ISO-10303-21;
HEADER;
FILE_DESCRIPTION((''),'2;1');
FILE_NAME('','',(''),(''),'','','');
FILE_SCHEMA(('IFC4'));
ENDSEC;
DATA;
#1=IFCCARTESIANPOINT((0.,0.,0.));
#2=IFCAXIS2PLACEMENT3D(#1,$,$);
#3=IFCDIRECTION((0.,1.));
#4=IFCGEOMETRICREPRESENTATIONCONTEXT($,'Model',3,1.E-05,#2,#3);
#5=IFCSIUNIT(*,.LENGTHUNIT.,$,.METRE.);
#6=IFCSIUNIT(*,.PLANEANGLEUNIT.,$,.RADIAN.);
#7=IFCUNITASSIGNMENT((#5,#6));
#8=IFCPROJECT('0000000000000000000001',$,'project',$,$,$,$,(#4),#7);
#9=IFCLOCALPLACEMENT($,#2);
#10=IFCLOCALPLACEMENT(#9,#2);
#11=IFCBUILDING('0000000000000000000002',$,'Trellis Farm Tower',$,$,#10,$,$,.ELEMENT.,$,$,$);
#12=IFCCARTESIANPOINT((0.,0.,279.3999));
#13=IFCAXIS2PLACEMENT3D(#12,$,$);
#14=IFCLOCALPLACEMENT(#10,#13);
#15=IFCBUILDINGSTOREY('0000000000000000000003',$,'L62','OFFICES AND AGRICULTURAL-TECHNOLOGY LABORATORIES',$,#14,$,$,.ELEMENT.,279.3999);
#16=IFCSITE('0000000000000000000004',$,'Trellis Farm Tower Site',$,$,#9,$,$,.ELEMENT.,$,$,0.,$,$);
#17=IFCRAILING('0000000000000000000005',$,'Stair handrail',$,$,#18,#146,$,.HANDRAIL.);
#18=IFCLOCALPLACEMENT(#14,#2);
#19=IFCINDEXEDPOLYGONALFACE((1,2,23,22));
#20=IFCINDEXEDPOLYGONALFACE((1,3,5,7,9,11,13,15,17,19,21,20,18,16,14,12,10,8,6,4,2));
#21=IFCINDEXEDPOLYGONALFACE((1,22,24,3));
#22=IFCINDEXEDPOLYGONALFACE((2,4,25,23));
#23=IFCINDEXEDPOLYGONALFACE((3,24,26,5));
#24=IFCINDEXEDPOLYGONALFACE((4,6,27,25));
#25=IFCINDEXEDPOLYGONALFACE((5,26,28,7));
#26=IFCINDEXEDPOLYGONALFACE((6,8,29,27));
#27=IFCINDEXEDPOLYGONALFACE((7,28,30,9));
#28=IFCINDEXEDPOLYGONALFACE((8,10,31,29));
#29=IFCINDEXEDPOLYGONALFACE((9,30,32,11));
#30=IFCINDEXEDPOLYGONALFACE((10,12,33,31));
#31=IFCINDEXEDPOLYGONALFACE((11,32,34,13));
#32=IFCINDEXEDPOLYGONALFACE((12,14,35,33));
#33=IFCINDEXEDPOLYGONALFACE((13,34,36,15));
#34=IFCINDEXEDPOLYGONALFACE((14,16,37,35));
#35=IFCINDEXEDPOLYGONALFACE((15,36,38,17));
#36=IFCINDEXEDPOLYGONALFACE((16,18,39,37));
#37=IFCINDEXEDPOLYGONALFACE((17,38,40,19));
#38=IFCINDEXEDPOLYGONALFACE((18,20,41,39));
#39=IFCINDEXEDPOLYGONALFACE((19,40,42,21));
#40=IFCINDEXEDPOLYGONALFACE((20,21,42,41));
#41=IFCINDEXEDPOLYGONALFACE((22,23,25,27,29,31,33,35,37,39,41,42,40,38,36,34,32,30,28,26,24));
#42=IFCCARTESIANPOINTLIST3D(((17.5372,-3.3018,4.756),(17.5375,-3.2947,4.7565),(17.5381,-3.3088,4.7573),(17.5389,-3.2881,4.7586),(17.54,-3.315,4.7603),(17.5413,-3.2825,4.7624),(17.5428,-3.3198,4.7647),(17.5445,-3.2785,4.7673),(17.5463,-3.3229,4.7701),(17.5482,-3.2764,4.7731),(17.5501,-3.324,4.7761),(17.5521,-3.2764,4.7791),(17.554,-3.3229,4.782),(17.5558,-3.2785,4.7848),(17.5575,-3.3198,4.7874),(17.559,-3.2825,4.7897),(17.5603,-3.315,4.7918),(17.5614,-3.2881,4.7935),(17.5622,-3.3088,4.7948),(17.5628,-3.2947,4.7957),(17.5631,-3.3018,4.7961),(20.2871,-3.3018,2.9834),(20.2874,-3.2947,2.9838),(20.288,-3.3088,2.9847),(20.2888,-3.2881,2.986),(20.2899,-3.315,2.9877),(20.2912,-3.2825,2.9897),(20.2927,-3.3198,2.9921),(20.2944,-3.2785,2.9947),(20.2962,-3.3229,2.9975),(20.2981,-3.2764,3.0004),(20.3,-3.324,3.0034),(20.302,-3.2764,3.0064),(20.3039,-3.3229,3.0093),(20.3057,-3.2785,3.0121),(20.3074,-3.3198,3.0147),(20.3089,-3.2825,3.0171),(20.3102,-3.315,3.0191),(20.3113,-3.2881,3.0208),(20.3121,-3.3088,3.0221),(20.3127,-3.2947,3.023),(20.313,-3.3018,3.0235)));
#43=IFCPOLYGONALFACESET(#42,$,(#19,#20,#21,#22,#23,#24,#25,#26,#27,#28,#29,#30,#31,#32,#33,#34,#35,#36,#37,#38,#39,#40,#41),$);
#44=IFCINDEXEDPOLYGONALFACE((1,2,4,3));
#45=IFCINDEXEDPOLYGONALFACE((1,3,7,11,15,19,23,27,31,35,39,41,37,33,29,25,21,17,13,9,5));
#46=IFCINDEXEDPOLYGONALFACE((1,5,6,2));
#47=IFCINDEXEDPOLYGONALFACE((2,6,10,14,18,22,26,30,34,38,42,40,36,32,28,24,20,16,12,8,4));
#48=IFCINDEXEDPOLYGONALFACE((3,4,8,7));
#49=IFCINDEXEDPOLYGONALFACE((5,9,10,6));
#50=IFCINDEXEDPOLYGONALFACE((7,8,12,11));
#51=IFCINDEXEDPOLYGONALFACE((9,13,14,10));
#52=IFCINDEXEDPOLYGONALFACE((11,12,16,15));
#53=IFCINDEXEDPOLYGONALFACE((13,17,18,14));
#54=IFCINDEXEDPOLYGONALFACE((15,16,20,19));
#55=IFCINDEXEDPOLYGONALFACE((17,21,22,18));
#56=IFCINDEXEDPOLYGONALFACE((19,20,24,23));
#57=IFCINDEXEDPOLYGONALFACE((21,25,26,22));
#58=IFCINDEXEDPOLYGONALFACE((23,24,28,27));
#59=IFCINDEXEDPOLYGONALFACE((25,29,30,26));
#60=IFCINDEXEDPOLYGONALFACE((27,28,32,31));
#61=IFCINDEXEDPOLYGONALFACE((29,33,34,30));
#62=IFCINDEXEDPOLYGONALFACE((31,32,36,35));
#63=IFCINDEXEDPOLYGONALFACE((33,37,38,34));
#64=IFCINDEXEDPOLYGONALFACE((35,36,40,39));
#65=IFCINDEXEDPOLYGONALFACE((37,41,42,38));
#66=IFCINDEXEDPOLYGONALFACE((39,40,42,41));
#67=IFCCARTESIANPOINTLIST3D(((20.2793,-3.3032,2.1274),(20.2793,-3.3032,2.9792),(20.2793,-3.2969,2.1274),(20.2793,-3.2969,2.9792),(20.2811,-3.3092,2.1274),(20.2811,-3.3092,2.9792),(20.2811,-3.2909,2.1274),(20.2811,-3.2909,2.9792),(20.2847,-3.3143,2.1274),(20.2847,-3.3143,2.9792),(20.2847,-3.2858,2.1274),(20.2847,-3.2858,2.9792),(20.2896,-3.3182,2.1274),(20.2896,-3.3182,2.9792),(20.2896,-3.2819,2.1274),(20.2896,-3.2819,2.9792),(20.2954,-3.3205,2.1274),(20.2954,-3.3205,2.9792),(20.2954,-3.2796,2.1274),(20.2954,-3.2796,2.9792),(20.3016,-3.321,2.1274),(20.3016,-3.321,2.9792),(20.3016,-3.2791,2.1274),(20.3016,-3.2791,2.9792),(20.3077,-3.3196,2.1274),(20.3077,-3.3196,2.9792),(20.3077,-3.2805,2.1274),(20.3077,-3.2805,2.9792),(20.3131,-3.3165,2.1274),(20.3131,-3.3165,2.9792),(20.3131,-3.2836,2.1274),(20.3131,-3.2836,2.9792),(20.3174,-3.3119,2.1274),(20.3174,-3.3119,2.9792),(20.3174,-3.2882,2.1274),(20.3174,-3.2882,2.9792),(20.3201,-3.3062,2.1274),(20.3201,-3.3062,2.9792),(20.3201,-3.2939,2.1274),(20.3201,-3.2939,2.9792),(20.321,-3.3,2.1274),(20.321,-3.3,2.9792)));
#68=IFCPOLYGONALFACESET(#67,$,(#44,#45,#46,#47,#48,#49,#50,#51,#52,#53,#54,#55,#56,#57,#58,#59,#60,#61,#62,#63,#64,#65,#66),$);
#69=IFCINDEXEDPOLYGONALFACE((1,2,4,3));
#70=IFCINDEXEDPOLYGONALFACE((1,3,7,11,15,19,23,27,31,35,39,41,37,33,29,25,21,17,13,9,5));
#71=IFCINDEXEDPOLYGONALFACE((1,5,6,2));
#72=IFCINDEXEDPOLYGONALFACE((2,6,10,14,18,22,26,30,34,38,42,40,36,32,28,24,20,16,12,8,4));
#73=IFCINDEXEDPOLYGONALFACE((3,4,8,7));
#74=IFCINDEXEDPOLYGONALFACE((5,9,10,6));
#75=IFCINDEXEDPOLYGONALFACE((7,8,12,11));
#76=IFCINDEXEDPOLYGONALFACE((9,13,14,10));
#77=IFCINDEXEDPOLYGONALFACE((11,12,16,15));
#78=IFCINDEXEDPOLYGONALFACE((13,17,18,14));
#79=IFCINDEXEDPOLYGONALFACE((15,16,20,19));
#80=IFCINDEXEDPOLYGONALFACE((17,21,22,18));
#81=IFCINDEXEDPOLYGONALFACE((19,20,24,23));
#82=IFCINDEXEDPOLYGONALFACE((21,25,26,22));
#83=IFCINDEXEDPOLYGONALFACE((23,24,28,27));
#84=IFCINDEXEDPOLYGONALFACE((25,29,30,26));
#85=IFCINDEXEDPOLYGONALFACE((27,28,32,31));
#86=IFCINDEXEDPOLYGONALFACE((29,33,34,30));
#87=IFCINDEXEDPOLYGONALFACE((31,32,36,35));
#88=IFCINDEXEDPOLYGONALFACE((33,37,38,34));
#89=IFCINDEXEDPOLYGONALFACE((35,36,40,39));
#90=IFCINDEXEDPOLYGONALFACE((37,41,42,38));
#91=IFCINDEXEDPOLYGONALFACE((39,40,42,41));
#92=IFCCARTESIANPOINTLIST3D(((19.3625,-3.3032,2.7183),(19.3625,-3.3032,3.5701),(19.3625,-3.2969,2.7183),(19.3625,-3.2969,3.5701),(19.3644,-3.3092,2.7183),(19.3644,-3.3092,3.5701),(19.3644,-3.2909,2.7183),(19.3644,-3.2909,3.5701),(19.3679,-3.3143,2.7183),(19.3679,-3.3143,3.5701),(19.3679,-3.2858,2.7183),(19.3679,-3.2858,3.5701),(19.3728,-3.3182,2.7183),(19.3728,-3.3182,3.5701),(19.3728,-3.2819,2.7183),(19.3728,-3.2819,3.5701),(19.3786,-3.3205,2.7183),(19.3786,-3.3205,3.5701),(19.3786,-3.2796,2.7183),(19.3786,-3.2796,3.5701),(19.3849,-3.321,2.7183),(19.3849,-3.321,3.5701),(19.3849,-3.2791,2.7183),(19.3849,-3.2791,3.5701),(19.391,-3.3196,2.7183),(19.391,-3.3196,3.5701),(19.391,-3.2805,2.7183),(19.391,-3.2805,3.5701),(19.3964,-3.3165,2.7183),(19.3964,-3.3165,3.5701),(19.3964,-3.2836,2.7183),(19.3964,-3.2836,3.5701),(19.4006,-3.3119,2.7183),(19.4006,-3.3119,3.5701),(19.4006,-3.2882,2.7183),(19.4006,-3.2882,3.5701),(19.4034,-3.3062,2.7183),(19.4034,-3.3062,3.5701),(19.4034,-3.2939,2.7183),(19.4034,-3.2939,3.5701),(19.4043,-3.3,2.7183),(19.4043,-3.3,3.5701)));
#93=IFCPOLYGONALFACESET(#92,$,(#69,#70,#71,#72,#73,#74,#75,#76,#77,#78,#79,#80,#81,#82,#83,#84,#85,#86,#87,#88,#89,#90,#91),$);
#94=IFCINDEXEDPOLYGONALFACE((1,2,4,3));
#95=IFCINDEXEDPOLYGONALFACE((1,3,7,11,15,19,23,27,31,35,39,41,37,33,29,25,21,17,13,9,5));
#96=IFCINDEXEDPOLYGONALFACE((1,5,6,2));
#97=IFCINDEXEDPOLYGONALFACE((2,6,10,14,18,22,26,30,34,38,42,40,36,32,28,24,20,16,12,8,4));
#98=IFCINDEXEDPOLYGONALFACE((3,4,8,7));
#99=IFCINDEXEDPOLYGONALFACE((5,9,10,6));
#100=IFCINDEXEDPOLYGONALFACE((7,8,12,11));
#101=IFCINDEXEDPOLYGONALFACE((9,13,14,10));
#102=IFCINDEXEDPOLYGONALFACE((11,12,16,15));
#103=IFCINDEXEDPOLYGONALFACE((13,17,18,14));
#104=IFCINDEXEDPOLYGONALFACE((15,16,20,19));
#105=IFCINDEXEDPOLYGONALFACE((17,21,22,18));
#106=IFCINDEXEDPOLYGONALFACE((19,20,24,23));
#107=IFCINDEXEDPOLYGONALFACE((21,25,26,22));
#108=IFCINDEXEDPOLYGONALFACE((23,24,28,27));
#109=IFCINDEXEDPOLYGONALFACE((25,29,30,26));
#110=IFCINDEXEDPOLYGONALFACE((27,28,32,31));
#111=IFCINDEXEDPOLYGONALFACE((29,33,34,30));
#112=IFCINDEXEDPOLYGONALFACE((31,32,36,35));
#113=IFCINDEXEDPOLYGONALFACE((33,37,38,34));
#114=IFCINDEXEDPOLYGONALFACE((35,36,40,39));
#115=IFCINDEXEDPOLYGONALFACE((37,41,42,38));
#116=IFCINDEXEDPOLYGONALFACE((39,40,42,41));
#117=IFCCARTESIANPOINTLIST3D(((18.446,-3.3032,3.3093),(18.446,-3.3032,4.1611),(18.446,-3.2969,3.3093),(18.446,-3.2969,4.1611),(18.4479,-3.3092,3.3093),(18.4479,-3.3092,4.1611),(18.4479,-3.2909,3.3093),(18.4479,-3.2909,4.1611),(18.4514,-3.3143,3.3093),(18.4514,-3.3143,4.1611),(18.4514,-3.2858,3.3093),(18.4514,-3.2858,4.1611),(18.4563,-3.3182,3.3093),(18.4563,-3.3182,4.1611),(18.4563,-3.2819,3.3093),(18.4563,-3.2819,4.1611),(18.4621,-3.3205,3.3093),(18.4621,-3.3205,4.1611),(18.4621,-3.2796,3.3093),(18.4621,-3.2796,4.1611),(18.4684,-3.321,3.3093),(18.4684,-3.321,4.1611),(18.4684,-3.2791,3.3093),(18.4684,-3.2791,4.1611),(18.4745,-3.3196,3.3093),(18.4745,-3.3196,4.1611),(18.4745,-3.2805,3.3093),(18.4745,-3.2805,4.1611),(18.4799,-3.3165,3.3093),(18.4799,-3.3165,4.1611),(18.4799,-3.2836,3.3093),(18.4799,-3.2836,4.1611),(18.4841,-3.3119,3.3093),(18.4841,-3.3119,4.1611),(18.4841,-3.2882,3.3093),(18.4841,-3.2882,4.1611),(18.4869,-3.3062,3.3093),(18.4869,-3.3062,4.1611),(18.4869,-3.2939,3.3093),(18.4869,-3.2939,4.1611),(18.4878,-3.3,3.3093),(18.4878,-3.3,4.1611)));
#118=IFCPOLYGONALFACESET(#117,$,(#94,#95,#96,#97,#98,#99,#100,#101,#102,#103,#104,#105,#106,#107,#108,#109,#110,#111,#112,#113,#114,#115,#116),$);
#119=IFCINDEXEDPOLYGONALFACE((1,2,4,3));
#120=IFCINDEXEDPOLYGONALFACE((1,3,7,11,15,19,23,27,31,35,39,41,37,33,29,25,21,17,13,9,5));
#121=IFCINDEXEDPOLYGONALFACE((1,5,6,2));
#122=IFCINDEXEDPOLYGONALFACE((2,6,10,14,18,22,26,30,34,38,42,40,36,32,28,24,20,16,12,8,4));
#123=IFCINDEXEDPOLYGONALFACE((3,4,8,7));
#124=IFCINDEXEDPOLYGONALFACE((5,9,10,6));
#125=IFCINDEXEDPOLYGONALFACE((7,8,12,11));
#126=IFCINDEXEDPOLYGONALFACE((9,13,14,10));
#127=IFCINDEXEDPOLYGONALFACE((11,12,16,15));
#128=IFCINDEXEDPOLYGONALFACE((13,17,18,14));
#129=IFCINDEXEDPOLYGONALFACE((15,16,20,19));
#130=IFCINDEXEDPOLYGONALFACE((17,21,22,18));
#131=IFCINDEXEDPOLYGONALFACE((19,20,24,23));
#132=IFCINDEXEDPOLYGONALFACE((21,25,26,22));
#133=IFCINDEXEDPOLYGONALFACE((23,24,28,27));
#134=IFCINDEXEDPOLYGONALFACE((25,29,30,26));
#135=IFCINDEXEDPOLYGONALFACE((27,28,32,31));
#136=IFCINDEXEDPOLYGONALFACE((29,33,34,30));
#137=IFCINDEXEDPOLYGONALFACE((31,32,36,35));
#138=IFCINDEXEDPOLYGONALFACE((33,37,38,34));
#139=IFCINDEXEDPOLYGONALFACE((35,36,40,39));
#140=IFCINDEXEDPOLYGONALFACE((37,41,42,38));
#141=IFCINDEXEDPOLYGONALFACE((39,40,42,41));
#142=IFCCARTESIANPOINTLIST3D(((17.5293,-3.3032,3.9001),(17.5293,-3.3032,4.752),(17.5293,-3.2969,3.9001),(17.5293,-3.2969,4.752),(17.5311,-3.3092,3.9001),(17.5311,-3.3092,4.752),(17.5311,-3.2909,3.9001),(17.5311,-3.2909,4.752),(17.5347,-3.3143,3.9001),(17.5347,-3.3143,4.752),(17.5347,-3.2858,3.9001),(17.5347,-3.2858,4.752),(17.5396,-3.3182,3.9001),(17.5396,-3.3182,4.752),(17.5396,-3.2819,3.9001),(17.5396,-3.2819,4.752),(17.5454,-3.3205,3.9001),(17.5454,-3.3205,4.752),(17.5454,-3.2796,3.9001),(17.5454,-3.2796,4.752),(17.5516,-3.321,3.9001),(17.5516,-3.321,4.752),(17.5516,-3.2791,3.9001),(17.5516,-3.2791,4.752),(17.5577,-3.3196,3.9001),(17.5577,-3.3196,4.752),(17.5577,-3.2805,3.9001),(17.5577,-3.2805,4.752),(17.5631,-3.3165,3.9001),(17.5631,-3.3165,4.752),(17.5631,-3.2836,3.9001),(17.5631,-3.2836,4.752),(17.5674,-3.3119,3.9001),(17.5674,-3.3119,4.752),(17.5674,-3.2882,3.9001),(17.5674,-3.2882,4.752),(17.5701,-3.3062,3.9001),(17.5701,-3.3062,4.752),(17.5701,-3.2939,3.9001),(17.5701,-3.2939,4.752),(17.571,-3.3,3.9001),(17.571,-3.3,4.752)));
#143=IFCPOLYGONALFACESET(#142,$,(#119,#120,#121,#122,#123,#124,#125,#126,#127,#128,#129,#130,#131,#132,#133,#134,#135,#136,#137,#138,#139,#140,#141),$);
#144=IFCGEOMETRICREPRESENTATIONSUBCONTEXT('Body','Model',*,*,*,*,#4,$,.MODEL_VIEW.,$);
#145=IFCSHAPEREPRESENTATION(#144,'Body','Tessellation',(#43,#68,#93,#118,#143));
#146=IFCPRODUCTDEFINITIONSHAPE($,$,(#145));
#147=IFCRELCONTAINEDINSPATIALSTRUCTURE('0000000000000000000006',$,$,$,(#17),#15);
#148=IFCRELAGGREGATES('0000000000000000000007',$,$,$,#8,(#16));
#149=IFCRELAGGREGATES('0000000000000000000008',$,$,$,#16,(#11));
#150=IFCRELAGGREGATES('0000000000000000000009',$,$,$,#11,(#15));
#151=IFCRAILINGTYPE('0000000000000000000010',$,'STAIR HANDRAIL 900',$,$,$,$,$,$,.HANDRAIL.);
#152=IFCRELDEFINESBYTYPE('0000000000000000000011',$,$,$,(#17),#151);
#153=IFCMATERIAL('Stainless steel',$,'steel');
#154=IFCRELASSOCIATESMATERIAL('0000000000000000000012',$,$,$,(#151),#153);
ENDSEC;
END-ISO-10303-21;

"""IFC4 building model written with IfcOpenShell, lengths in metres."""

from ifc_helpers import new_model, si_unit, direction, frame, origin, origin_2d, place, context, subcontext, project, spatial, circle, extrude, source, transform, mapped, material, type_object, element, save


model = new_model("IFC4")

# Units and contexts
model_context = context("Model", 3, precision=1e-05, world=origin(), true_north=direction((0.0, 1.0)))
body_context = subcontext(model_context, "Body", "Model", "MODEL_VIEW")
ifc_project = project(units=[si_unit("LENGTHUNIT", "METRE"), si_unit("PLANEANGLEUNIT", "RADIAN")], contexts=[model_context])

# Site, building, storey
site_placement = place(None, origin())
site = spatial("IfcSite", under=ifc_project, at=site_placement, Name="Trellis Farm Tower Site", CompositionType="ELEMENT", RefElevation=0.0)
building_placement = place(site_placement, origin())
building = spatial("IfcBuilding", under=site, at=building_placement, Name="Trellis Farm Tower", CompositionType="ELEMENT")
storey_placement = place(building_placement, frame((0.0, 0.0, 279.3999)))
storey = spatial("IfcBuildingStorey", under=building, at=storey_placement, Name="L62", Description="OFFICES AND AGRICULTURAL-TECHNOLOGY LABORATORIES", CompositionType="ELEMENT", Elevation=279.3999)

# Railing
ifc_material_1 = material(Name="Stainless steel", Category="steel")
railing_type = type_object("IfcRailingType", Name="STAIR HANDRAIL 900", PredefinedType="HANDRAIL", material=ifc_material_1)
shared_shape_1 = source(origin(), body_context, "Body", "SweptSolid", [
    extrude(circle(Radius=0.0239, at=origin_2d()), frame((0.0, 0.0, 0.876), z_axis=(-0.840504, 0.0, 0.541806), x_axis=(0.0, -1.0, 0.0)), (0.0, 0.0, 1.0), 3.2717),
    extrude(circle(Radius=0.021, at=origin_2d()), origin(), (0.0, 0.0, 1.0), 0.8518),
    extrude(circle(Radius=0.021, at=origin_2d()), frame((-0.9167, 0.0, 0.5908)), (0.0, 0.0, 1.0), 0.8518),
    extrude(circle(Radius=0.021, at=origin_2d()), frame((-1.8333, 0.0, 1.1819)), (0.0, 0.0, 1.0), 0.8518),
    extrude(circle(Radius=0.021, at=origin_2d()), frame((-2.75, 0.0, 1.7727)), (0.0, 0.0, 1.0), 0.8518),
])
for number, where, name in (
    (1, (20.3, -3.3, 2.1274), "Stair handrail"),
):
    element("IfcRailing", number, at=place(storey_placement, frame(where)), inside=storey, type_object=railing_type, Name=name, PredefinedType="HANDRAIL", context=body_context, shape_type="MappedRepresentation", body=[
        mapped(shared_shape_1, transform((0.0, 0.0, 0.0))),
    ])

save(model, "model.ifc")
